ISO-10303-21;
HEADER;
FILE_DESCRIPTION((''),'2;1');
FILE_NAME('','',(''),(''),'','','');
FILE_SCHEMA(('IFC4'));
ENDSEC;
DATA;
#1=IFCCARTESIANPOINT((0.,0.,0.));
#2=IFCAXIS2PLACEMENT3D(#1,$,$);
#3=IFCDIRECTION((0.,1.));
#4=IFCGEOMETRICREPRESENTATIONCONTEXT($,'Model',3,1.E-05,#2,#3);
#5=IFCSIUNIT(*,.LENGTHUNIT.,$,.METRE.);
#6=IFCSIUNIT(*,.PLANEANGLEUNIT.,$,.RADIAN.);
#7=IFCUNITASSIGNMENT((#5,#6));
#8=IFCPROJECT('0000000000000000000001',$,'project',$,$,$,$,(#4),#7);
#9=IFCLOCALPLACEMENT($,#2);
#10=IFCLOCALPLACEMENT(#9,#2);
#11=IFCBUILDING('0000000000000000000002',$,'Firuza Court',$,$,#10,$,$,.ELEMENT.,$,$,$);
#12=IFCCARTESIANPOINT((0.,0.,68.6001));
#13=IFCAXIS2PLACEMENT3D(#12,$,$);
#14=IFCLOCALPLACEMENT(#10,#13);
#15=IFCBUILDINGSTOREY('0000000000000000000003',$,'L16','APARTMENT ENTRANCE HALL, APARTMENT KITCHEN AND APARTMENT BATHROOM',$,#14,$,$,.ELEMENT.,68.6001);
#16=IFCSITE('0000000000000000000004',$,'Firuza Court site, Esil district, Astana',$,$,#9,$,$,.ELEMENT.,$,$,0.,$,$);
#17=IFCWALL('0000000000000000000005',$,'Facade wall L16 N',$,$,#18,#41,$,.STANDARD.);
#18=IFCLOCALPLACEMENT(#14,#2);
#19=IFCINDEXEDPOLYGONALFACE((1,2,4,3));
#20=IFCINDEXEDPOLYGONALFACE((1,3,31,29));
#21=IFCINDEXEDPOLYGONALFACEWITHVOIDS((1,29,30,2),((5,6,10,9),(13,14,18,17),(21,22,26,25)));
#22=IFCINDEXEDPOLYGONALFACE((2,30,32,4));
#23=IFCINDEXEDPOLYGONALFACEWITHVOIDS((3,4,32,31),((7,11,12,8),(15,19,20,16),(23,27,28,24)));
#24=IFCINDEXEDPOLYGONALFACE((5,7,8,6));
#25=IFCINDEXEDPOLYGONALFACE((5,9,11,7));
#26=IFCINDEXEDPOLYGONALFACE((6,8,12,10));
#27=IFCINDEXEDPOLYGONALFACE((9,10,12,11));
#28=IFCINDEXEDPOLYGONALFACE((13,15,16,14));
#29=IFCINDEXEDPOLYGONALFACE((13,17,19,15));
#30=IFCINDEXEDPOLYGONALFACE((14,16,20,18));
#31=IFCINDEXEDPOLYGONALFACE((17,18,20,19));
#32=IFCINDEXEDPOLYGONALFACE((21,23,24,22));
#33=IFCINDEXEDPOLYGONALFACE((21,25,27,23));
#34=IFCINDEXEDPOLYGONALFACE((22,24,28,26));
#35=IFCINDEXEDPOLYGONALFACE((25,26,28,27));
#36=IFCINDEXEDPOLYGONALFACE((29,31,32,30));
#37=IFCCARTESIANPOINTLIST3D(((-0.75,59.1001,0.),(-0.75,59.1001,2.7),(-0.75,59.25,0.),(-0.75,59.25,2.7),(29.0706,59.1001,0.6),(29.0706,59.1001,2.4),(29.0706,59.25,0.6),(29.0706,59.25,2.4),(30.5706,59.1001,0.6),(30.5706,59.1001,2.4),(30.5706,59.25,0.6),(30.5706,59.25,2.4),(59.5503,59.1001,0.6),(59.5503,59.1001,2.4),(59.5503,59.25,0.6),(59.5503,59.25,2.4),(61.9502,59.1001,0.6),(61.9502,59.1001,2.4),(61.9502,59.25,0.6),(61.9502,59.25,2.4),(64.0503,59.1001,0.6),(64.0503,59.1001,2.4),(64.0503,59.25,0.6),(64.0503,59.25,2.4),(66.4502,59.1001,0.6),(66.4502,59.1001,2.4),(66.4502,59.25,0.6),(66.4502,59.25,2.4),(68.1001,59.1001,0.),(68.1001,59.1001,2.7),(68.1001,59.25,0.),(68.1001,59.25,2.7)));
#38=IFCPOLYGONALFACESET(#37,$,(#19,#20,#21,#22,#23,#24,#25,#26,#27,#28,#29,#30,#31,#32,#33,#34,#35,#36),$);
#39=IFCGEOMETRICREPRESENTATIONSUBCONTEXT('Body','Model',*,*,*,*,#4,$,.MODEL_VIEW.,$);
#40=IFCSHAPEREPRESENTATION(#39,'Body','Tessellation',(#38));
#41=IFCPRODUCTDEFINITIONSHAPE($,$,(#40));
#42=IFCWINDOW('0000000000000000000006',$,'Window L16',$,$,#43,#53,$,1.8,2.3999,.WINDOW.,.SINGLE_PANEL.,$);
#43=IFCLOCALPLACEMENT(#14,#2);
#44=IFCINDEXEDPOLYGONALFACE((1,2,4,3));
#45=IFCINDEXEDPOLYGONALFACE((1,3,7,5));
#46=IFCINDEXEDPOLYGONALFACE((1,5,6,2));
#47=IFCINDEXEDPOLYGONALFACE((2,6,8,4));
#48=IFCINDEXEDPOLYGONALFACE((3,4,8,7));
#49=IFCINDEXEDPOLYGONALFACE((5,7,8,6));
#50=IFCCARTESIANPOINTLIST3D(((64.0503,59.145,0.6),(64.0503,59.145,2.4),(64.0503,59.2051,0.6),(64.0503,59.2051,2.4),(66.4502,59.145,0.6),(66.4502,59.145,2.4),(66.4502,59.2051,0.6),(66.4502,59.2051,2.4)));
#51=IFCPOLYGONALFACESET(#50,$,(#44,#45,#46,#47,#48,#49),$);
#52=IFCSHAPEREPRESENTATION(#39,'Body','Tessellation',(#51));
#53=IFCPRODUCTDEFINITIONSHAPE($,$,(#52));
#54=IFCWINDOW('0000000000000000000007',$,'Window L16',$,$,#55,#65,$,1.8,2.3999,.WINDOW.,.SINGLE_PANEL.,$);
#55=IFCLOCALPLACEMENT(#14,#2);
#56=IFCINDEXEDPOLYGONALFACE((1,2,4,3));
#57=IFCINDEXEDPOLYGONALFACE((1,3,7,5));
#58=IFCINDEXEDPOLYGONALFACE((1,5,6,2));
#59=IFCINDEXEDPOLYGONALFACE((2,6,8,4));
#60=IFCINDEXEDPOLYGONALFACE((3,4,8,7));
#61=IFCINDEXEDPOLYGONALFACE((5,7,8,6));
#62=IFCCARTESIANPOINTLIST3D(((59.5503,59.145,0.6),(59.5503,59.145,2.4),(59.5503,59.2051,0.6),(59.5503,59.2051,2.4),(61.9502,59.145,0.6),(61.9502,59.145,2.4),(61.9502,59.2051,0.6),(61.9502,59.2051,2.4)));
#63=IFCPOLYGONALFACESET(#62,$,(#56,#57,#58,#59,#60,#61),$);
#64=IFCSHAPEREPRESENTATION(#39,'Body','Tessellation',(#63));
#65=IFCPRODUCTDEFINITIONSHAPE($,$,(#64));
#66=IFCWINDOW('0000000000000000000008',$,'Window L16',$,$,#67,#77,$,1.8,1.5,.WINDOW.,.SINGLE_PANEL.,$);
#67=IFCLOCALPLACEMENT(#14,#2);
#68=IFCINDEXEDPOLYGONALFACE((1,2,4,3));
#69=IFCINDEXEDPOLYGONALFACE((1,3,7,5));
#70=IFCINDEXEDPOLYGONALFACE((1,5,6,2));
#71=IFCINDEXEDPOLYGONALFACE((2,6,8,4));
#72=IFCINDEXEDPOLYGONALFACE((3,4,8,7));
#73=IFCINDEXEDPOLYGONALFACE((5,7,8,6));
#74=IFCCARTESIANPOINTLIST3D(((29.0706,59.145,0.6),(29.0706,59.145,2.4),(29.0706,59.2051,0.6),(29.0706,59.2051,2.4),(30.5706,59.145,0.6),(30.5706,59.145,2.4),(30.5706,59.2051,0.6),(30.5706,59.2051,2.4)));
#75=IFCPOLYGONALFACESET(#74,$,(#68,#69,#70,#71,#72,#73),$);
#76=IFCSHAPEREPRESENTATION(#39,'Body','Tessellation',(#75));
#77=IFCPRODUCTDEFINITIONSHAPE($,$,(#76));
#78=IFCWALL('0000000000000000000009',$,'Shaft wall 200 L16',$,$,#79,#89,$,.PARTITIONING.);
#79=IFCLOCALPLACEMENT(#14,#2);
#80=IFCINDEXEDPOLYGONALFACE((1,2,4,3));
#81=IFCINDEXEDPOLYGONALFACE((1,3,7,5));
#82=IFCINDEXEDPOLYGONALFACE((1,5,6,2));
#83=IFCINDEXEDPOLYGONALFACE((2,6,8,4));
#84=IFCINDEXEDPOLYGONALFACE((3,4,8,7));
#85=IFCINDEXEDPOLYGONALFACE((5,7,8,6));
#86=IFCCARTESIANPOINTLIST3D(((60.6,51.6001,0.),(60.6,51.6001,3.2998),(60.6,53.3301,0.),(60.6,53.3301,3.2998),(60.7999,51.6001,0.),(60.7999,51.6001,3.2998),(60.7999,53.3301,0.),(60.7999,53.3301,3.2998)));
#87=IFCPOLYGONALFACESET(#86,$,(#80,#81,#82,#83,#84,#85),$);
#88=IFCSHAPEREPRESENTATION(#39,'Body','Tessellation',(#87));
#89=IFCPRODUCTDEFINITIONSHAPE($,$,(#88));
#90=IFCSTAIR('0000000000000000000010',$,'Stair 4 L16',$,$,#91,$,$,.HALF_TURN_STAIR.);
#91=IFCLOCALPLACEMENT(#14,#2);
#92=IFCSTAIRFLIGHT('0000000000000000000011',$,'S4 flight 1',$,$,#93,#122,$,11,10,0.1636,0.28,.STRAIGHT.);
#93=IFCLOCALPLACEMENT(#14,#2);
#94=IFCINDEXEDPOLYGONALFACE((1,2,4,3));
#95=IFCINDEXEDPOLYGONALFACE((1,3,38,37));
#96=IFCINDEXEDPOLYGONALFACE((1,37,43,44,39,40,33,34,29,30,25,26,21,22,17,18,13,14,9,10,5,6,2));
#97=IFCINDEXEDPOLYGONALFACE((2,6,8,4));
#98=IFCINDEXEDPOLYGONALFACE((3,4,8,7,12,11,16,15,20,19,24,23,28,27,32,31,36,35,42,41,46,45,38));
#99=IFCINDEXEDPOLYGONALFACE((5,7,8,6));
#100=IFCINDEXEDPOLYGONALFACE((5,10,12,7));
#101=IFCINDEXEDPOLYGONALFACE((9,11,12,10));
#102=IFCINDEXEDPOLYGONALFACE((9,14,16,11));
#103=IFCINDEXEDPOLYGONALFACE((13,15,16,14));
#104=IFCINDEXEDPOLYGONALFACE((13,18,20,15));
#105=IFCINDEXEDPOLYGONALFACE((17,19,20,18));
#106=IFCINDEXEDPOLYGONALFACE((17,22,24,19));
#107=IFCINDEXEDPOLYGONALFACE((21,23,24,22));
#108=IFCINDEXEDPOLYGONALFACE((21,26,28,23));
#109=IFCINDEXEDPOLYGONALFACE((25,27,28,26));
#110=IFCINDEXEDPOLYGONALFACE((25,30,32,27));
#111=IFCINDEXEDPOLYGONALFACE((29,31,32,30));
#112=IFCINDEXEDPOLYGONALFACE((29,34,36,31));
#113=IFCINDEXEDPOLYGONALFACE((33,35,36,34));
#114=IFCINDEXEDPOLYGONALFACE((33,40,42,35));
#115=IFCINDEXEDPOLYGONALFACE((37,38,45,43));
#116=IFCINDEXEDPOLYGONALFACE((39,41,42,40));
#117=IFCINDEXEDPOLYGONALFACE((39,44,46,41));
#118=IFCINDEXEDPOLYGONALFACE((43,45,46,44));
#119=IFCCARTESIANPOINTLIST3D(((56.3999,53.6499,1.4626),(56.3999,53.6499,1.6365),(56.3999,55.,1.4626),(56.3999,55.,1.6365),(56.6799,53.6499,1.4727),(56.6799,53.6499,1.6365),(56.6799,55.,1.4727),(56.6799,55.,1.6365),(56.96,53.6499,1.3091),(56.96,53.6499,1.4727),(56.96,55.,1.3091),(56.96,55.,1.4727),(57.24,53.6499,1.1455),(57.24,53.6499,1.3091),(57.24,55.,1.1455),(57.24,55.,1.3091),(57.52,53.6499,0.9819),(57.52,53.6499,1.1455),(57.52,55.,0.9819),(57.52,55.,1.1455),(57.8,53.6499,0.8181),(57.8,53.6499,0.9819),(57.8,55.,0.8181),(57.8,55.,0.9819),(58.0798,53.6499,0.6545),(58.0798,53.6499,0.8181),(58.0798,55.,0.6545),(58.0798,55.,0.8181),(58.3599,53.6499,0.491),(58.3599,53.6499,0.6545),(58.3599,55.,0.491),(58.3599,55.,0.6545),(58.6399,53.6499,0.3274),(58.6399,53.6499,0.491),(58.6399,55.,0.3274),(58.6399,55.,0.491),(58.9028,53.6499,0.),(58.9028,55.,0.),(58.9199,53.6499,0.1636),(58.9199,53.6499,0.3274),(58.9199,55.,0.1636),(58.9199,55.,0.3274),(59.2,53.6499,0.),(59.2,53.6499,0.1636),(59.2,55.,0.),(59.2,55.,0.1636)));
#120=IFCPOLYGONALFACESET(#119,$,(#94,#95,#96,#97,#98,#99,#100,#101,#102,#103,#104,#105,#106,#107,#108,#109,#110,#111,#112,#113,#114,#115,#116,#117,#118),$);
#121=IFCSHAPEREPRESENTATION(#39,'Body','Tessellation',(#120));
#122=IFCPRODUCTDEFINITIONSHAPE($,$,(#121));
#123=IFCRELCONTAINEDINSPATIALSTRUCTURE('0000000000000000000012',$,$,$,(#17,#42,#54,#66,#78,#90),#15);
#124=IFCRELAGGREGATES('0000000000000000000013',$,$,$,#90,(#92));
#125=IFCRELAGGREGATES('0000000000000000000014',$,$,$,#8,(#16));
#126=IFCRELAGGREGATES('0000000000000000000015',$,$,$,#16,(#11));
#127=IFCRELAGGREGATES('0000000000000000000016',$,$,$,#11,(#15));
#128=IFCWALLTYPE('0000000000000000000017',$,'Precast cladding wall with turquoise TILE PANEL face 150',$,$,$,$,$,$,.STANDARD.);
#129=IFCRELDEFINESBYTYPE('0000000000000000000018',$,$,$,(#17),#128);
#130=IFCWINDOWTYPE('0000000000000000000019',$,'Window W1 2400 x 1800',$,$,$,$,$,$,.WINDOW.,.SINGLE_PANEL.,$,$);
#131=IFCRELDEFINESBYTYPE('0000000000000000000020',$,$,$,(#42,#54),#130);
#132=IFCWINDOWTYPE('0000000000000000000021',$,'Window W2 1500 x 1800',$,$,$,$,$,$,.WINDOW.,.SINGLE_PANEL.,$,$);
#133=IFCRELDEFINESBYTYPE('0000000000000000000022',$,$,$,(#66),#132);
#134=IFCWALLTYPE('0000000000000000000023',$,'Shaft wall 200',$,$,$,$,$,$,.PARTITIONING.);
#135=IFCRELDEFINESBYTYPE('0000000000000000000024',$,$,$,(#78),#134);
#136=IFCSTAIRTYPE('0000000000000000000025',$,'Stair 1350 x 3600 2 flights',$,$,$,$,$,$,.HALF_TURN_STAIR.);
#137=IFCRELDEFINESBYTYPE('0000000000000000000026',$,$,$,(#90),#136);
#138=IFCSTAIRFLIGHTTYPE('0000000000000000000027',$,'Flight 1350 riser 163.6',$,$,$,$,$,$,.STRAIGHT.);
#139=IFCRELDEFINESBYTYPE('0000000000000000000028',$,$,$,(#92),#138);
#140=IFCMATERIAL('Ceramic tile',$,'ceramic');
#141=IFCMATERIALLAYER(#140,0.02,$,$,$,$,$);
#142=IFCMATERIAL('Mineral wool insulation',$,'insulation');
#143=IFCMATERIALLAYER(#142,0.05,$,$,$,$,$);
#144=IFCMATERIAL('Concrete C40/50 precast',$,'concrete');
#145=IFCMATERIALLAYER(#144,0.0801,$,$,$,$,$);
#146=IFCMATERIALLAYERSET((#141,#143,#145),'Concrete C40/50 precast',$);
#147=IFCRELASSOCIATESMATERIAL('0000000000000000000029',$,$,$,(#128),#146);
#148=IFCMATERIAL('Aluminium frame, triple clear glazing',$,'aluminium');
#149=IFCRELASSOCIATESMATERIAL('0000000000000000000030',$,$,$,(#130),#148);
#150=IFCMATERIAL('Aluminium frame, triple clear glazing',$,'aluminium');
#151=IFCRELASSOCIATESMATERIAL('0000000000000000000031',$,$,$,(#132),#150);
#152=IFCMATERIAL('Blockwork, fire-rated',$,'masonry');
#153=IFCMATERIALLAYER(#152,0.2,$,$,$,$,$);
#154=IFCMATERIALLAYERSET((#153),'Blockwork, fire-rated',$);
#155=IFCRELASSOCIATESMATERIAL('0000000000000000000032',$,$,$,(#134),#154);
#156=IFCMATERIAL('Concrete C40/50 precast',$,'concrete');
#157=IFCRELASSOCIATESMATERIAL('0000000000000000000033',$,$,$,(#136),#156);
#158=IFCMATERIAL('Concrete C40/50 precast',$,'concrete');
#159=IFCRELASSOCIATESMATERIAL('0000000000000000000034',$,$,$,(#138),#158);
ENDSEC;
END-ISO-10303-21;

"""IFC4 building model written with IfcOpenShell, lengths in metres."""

from ifc_helpers import new_model, si_unit, direction, frame, frame_2d, origin, place, context, subcontext, project, spatial, polyline, rectangle, outline, extrude, material, layer, layer_set, type_object, element, fill, aggregate, save


model = new_model("IFC4")

# Units and contexts
model_context = context("Model", 3, precision=1e-05, world=origin(), true_north=direction((0.0, 1.0)))
body_context = subcontext(model_context, "Body", "Model", "MODEL_VIEW")
ifc_project = project(units=[si_unit("LENGTHUNIT", "METRE"), si_unit("PLANEANGLEUNIT", "RADIAN")], contexts=[model_context])

# Site, building, storey
site_placement = place(None, origin())
site = spatial("IfcSite", under=ifc_project, at=site_placement, Name="Firuza Court site, Esil district, Astana", CompositionType="ELEMENT", RefElevation=0.0)
building_placement = place(site_placement, origin())
building = spatial("IfcBuilding", under=site, at=building_placement, Name="Firuza Court", CompositionType="ELEMENT")
storey_placement = place(building_placement, frame((0.0, 0.0, 68.6001)))
storey = spatial("IfcBuildingStorey", under=building, at=storey_placement, Name="L16", Description="APARTMENT ENTRANCE HALL, APARTMENT KITCHEN AND APARTMENT BATHROOM", CompositionType="ELEMENT", Elevation=68.6001)

# Wall, openings, windows
ifc_material_1 = material(Name="Ceramic tile", Category="ceramic")
ifc_layer_1 = layer(ifc_material_1, 0.02)
ifc_material_2 = material(Name="Mineral wool insulation", Category="insulation")
ifc_layer_2 = layer(ifc_material_2, 0.05)
ifc_material_3 = material(Name="Concrete C40/50 precast", Category="concrete")
ifc_layer_3 = layer(ifc_material_3, 0.0801)
ifc_layer_set_1 = layer_set([ifc_layer_1, ifc_layer_2, ifc_layer_3], Name="Concrete C40/50 precast")
wall_type_1 = type_object("IfcWallType", Name="Precast cladding wall with turquoise TILE PANEL face 150", PredefinedType="STANDARD", material=ifc_layer_set_1)
wall_1_placement = place(storey_placement, frame((68.1001, 59.175, 0.0), z_axis=(0.0, 0.0, 1.0), x_axis=(-1.0, 0.0, 0.0)))
wall_1 = element("IfcWall", 1, at=wall_1_placement, inside=storey, type_object=wall_type_1, Name="Facade wall L16 N", PredefinedType="STANDARD", context=body_context, shape_type="SweptSolid", body=[
    extrude(rectangle(XDim=68.8501, YDim=0.1499, at=frame_2d((34.425, 0.0))), origin(), (0.0, 0.0, 1.0), 2.7),
])
opening_1_placement = place(wall_1_placement, frame((1.6499, 0.0, 0.6001)))
opening_1 = element("IfcOpeningElement", 2, at=opening_1_placement, cuts=wall_1, PredefinedType="OPENING", context=body_context, shape_type="SweptSolid", body=[
    extrude(rectangle(XDim=2.3999, YDim=1.8, at=frame_2d((1.2, 0.8999))), frame((0.0, 0.0869, 0.0), z_axis=(0.0, -1.0, 0.0), x_axis=(1.0, 0.0, 0.0)), (0.0, 0.0, 1.0), 0.1738),
])
opening_2_placement = place(wall_1_placement, frame((6.1499, 0.0, 0.6001)))
opening_2 = element("IfcOpeningElement", 3, at=opening_2_placement, cuts=wall_1, PredefinedType="OPENING", context=body_context, shape_type="SweptSolid", body=[
    extrude(rectangle(XDim=2.3999, YDim=1.8, at=frame_2d((1.2, 0.8999))), frame((0.0, 0.0869, 0.0), z_axis=(0.0, -1.0, 0.0), x_axis=(1.0, 0.0, 0.0)), (0.0, 0.0, 1.0), 0.1738),
])
opening_3_placement = place(wall_1_placement, frame((37.5295, 0.0, 0.6001)))
opening_3 = element("IfcOpeningElement", 4, at=opening_3_placement, cuts=wall_1, PredefinedType="OPENING", context=body_context, shape_type="SweptSolid", body=[
    extrude(rectangle(XDim=1.5, YDim=1.8, at=frame_2d((0.75, 0.8999))), frame((0.0, 0.0869, 0.0), z_axis=(0.0, -1.0, 0.0), x_axis=(1.0, 0.0, 0.0)), (0.0, 0.0, 1.0), 0.1738),
])
ifc_material_4 = material(Name="Aluminium frame, triple clear glazing", Category="aluminium")
window_type_1 = type_object("IfcWindowType", Name="Window W1 2400 x 1800", PartitioningType="SINGLE_PANEL", PredefinedType="WINDOW", material=ifc_material_4)
window_1_placement = place(opening_1_placement, origin())
window_1 = element("IfcWindow", 5, at=window_1_placement, inside=storey, type_object=window_type_1, Name="Window L16", OverallHeight=1.8, OverallWidth=2.3999, PartitioningType="SINGLE_PANEL", PredefinedType="WINDOW", context=body_context, shape_type="SweptSolid", body=[
    extrude(rectangle(XDim=2.3999, YDim=1.8, at=frame_2d((1.2, 0.8999))), frame((0.0, 0.03, 0.0), z_axis=(0.0, -1.0, 0.0), x_axis=(1.0, 0.0, 0.0)), (0.0, 0.0, 1.0), 0.0601),
])
fill(opening_1, window_1)
window_2_placement = place(opening_2_placement, origin())
window_2 = element("IfcWindow", 6, at=window_2_placement, inside=storey, type_object=window_type_1, Name="Window L16", OverallHeight=1.8, OverallWidth=2.3999, PartitioningType="SINGLE_PANEL", PredefinedType="WINDOW", context=body_context, shape_type="SweptSolid", body=[
    extrude(rectangle(XDim=2.3999, YDim=1.8, at=frame_2d((1.2, 0.8999))), frame((0.0, 0.03, 0.0), z_axis=(0.0, -1.0, 0.0), x_axis=(1.0, 0.0, 0.0)), (0.0, 0.0, 1.0), 0.0601),
])
fill(opening_2, window_2)
ifc_material_5 = material(Name="Aluminium frame, triple clear glazing", Category="aluminium")
window_type_2 = type_object("IfcWindowType", Name="Window W2 1500 x 1800", PartitioningType="SINGLE_PANEL", PredefinedType="WINDOW", material=ifc_material_5)
window_3_placement = place(opening_3_placement, origin())
window_3 = element("IfcWindow", 7, at=window_3_placement, inside=storey, type_object=window_type_2, Name="Window L16", OverallHeight=1.8, OverallWidth=1.5, PartitioningType="SINGLE_PANEL", PredefinedType="WINDOW", context=body_context, shape_type="SweptSolid", body=[
    extrude(rectangle(XDim=1.5, YDim=1.8, at=frame_2d((0.75, 0.8999))), frame((0.0, 0.03, 0.0), z_axis=(0.0, -1.0, 0.0), x_axis=(1.0, 0.0, 0.0)), (0.0, 0.0, 1.0), 0.0601),
])
fill(opening_3, window_3)

# Wall
ifc_material_6 = material(Name="Blockwork, fire-rated", Category="masonry")
ifc_layer_4 = layer(ifc_material_6, 0.2)
ifc_layer_set_2 = layer_set([ifc_layer_4], Name="Blockwork, fire-rated")
wall_type_2 = type_object("IfcWallType", Name="Shaft wall 200", PredefinedType="PARTITIONING", material=ifc_layer_set_2)
wall_2_placement = place(storey_placement, frame((60.7, 51.6001, 0.0), z_axis=(0.0, 0.0, 1.0), x_axis=(0.0, 1.0, 0.0)))
element("IfcWall", 8, at=wall_2_placement, inside=storey, type_object=wall_type_2, Name="Shaft wall 200 L16", PredefinedType="PARTITIONING", context=body_context, shape_type="SweptSolid", body=[
    extrude(rectangle(XDim=1.73, YDim=0.2, at=frame_2d((0.865, 0.0))), origin(), (0.0, 0.0, 1.0), 3.2998),
])

# Stair, stair flight
ifc_material_7 = material(Name="Concrete C40/50 precast", Category="concrete")
stair_type = type_object("IfcStairType", Name="Stair 1350 x 3600 2 flights", PredefinedType="HALF_TURN_STAIR", material=ifc_material_7)
stair_placement = place(storey_placement, origin())
stair = element("IfcStair", 9, at=stair_placement, inside=storey, type_object=stair_type, Name="Stair 4 L16", PredefinedType="HALF_TURN_STAIR")
ifc_material_8 = material(Name="Concrete C40/50 precast", Category="concrete")
stair_flight_type = type_object("IfcStairFlightType", Name="Flight 1350 riser 163.6", PredefinedType="STRAIGHT", material=ifc_material_8)
stair_flight_placement = place(storey_placement, frame((59.2, 54.325, 0.0), z_axis=(0.0, 0.0, 1.0), x_axis=(-1.0, 0.0, 0.0)))
stair_flight = element("IfcStairFlight", 10, at=stair_flight_placement, type_object=stair_flight_type, Name="S4 flight 1", NumberOfRisers=11, NumberOfTreads=10, PredefinedType="STRAIGHT", RiserHeight=0.1636, TreadLength=0.28, context=body_context, shape_type="SweptSolid", body=[
    extrude(outline(polyline([(0.0, 0.0), (0.0, 0.1636), (0.28, 0.1636), (0.28, 0.3274), (0.5601, 0.3274), (0.5601, 0.491), (0.8401, 0.491), (0.8401, 0.6545), (1.1201, 0.6545), (1.1201, 0.8181), (1.3999, 0.8181), (1.3999, 0.9819), (1.6799, 0.9819), (1.6799, 1.1455), (1.96, 1.1455), (1.96, 1.3091), (2.24, 1.3091), (2.24, 1.4727), (2.52, 1.4727), (2.52, 1.6365), (2.8, 1.6365), (2.8, 1.8), (2.8, 1.4626), (0.2971, 0.0), (0.0, 0.0)])), frame((0.0, 0.675, 0.0), z_axis=(0.0, -1.0, 0.0), x_axis=(1.0, 0.0, 0.0)), (0.0, 0.0, 1.0), 1.3501),
])
aggregate(stair, [stair_flight])

save(model, "model.ifc")
